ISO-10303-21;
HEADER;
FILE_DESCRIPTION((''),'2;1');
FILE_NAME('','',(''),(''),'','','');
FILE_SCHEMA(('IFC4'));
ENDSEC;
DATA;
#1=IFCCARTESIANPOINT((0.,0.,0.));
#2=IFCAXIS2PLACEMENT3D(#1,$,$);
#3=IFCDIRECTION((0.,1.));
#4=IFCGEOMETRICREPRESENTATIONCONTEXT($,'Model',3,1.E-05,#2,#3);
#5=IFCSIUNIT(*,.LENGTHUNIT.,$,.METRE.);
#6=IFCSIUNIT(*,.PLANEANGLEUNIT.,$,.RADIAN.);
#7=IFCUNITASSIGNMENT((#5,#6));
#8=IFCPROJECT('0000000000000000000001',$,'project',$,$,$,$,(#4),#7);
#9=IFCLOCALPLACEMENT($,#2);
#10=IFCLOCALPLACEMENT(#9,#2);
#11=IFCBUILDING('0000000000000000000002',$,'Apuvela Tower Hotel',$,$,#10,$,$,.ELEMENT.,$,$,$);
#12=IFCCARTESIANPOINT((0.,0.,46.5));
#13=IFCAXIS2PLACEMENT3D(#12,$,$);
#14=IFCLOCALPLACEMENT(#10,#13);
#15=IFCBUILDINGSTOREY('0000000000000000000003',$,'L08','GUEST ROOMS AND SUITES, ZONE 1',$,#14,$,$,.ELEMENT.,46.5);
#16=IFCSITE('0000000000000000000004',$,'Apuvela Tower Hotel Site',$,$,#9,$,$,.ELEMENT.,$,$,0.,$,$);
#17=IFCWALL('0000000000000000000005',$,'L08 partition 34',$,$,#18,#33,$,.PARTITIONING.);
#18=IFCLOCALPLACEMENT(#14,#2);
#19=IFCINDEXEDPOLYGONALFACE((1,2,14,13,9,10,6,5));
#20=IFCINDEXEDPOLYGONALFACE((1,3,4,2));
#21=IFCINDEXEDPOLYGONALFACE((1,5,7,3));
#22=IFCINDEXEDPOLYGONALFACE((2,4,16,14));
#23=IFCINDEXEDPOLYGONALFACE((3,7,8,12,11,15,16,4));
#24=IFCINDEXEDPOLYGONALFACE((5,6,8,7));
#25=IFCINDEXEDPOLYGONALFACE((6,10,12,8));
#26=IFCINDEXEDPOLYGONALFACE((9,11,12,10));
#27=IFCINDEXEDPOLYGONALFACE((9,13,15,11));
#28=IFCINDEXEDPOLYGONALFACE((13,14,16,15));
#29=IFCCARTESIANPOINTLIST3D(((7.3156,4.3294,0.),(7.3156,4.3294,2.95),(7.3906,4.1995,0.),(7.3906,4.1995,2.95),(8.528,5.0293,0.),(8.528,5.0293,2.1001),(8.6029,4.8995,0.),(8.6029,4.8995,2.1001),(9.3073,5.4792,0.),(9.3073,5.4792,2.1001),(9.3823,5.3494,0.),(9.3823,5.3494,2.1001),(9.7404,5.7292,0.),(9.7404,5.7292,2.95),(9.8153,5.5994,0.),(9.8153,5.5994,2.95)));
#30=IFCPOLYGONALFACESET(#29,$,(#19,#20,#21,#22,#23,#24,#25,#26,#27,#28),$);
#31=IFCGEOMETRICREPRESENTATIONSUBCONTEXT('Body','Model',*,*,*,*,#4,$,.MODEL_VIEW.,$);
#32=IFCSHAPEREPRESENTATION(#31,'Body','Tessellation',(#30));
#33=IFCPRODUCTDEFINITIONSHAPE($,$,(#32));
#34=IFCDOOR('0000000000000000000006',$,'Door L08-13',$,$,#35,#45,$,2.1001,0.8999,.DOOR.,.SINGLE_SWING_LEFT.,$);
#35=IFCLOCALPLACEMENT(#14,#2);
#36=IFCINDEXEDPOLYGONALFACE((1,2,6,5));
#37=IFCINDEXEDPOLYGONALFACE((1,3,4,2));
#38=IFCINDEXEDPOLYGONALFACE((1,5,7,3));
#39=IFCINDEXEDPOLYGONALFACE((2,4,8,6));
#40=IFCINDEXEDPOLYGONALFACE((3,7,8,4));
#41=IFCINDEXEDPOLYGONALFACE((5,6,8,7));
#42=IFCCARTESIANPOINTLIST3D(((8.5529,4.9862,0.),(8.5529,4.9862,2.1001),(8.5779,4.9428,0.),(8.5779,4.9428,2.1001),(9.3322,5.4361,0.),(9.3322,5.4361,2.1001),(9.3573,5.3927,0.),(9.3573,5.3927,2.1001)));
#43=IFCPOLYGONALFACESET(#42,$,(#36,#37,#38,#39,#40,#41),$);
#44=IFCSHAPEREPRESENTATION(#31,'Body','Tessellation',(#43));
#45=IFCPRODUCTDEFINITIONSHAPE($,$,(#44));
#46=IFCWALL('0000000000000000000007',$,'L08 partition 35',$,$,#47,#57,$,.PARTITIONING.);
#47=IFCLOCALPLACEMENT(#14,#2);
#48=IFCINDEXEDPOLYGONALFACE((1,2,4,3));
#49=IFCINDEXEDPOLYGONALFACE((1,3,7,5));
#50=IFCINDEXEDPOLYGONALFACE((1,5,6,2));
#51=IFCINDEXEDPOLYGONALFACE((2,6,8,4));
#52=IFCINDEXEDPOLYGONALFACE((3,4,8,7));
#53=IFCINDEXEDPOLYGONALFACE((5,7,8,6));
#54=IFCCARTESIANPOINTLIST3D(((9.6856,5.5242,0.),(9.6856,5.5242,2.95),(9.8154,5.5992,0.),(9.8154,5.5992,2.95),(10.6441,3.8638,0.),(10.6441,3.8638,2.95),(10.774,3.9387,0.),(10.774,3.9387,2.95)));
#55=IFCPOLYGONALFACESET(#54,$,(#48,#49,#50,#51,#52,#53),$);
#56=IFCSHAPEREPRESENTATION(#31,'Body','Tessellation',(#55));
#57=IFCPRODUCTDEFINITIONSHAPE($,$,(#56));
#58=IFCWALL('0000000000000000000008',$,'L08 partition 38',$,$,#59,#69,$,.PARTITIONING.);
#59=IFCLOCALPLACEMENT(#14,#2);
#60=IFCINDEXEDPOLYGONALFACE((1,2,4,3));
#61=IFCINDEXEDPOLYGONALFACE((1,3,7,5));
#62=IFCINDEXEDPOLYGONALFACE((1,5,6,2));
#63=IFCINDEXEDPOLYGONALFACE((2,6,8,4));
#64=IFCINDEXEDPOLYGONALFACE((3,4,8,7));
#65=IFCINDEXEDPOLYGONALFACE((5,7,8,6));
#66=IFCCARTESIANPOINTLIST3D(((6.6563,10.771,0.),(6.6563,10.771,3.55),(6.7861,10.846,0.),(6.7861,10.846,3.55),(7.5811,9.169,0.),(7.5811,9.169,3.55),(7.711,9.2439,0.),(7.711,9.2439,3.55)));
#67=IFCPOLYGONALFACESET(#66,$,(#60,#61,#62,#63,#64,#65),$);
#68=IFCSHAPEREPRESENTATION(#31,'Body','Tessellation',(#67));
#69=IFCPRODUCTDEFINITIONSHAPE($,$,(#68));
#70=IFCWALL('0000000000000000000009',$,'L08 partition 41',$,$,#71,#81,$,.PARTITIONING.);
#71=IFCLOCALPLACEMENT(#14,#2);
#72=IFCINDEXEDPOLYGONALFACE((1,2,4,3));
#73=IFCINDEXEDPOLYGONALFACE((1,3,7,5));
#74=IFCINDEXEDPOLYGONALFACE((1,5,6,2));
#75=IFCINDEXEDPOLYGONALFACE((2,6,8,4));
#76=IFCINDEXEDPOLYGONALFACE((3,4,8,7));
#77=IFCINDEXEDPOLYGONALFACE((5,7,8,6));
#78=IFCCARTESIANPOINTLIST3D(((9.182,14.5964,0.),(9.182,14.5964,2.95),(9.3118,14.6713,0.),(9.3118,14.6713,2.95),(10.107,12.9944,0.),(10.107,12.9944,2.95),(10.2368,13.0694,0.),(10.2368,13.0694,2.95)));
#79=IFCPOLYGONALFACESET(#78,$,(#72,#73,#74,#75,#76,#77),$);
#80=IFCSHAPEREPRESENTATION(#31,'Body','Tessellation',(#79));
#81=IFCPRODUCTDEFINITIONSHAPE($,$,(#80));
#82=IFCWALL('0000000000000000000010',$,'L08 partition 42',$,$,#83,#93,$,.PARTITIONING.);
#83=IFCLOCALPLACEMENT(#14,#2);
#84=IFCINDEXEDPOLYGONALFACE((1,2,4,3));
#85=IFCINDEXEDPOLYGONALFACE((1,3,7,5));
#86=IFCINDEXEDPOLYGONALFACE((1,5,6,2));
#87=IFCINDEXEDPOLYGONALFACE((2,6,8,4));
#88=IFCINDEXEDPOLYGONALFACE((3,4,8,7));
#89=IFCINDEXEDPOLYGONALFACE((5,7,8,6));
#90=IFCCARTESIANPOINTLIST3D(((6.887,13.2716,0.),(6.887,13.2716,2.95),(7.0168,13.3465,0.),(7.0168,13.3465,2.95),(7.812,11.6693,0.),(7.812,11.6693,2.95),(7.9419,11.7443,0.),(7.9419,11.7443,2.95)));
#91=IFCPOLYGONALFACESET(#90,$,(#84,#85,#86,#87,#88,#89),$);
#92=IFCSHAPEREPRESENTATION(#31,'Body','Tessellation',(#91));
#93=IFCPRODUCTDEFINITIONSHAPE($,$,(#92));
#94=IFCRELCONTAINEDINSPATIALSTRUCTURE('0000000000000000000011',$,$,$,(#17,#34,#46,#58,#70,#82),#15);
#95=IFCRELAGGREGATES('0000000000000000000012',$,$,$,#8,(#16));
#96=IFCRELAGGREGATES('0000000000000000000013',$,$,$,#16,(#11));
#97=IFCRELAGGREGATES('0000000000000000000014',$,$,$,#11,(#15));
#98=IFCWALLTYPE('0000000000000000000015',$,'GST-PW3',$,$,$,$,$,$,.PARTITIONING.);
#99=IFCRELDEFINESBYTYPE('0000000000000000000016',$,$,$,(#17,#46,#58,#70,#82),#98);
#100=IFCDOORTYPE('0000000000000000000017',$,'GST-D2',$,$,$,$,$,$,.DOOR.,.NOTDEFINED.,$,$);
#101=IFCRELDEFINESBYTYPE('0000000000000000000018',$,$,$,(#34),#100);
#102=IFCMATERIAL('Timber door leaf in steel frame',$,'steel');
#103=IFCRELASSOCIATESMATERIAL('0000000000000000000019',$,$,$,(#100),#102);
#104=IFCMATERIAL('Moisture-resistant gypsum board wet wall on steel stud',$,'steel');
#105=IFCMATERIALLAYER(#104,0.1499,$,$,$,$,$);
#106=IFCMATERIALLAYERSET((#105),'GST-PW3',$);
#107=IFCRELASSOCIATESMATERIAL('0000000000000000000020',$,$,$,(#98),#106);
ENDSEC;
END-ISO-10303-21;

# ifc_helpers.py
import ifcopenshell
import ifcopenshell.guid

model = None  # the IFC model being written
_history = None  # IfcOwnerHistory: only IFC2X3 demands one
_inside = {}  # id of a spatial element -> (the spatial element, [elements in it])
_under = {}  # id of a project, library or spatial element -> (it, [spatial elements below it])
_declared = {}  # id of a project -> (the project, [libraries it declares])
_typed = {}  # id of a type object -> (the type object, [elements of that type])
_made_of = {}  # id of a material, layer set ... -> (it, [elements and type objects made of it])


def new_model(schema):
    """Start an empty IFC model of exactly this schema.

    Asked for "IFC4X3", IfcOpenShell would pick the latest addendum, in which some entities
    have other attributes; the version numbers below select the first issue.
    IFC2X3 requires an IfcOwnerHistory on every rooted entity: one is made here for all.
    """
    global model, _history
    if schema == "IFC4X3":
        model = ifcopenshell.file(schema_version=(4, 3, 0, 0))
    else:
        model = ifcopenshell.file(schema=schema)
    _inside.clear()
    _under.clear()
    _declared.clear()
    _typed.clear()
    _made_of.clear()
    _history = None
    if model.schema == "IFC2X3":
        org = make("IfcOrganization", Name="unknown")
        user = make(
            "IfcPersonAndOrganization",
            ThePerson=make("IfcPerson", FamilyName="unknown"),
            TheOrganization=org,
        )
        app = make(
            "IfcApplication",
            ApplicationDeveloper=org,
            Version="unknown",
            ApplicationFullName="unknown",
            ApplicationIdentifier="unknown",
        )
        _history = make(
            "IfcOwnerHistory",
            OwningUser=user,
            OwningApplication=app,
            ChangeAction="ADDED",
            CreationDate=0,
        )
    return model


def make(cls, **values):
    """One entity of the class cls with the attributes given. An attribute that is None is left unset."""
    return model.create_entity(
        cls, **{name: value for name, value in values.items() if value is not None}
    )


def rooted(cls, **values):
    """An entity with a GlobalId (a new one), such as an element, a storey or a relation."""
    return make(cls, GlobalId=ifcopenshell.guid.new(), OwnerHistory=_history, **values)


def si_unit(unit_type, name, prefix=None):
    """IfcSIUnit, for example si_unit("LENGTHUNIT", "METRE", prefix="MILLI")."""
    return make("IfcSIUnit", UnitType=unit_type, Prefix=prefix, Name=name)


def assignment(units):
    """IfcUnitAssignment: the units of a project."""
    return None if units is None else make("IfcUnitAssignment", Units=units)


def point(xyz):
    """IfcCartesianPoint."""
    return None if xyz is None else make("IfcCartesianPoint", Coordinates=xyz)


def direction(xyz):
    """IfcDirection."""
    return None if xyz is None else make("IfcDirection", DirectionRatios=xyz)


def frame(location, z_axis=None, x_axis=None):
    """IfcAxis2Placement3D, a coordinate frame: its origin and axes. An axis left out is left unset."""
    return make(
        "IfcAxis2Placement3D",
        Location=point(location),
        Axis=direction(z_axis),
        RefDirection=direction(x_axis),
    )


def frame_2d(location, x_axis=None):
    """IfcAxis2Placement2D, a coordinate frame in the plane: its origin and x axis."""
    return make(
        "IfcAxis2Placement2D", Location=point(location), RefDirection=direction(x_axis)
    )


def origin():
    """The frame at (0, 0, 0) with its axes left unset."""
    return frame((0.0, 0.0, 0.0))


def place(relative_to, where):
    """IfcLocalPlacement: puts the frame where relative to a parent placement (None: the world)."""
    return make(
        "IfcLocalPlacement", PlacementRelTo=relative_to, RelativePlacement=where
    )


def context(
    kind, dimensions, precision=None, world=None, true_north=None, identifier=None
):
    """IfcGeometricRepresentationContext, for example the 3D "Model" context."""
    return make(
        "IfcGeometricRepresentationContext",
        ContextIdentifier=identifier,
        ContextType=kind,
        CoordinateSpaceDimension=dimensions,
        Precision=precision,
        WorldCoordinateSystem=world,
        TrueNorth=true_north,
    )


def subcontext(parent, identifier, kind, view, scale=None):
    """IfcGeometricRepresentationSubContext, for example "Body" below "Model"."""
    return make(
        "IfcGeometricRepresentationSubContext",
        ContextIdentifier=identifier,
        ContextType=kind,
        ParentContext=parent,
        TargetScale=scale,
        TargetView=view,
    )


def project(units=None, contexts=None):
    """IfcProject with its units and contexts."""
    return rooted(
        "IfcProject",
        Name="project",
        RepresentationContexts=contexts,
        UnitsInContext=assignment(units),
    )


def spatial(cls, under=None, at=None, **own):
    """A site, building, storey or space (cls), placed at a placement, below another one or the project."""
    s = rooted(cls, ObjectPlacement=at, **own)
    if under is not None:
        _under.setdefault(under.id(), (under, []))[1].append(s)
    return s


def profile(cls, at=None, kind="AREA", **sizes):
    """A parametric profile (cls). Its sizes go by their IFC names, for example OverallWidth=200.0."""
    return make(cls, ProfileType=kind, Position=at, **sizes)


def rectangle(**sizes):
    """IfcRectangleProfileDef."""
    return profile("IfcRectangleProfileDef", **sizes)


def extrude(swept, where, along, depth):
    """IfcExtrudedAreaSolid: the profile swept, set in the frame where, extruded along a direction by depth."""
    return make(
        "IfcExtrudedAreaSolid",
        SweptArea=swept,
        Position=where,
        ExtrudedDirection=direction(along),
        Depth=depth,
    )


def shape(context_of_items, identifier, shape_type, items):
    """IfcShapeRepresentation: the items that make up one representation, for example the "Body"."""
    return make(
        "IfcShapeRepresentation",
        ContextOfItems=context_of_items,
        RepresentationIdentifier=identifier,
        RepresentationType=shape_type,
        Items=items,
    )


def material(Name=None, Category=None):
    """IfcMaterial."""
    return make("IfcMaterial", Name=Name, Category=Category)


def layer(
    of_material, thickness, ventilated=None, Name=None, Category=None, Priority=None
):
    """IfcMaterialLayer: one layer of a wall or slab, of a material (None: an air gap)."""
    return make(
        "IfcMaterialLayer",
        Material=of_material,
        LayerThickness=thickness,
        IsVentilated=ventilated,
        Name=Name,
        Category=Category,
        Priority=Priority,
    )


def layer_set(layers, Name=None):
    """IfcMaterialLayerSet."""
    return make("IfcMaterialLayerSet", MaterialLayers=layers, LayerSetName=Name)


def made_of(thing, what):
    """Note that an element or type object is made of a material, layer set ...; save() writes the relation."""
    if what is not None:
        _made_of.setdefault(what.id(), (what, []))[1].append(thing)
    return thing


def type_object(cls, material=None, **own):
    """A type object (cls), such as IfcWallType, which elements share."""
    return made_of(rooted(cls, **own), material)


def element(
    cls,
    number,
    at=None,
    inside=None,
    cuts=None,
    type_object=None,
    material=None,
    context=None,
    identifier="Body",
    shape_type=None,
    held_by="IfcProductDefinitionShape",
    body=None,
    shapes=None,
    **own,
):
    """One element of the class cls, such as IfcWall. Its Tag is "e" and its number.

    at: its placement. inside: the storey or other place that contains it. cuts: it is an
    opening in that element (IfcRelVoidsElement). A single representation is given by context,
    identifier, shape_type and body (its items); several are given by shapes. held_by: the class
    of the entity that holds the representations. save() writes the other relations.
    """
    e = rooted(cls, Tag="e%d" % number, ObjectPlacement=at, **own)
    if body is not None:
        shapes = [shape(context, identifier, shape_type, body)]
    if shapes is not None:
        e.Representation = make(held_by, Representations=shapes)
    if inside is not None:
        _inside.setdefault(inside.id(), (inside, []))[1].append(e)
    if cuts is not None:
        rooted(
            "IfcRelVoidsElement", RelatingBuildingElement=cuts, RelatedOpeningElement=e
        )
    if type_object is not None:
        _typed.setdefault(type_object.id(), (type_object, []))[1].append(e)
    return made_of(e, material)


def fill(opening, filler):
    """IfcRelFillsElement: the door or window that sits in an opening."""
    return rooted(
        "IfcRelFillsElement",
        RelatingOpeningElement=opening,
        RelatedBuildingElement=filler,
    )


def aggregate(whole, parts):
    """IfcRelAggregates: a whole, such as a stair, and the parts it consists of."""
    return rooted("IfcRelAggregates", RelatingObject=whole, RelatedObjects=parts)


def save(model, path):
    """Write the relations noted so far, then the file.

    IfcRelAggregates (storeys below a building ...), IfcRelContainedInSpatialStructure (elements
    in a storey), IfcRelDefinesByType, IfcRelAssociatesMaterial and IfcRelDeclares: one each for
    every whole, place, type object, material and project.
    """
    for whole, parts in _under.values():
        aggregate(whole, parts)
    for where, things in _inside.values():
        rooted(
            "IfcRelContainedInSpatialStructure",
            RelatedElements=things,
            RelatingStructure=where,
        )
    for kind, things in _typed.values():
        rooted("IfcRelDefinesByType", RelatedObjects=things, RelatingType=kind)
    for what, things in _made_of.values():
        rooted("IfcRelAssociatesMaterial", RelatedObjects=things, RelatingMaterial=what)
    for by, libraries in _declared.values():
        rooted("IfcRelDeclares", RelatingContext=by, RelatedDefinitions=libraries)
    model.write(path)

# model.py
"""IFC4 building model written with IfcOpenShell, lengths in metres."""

from ifc_helpers import new_model, si_unit, direction, frame, frame_2d, origin, place, context, subcontext, project, spatial, rectangle, extrude, material, layer, layer_set, type_object, element, fill, save


model = new_model("IFC4")

# Units and contexts
model_context = context("Model", 3, precision=1e-05, world=origin(), true_north=direction((0.0, 1.0)))
body_context = subcontext(model_context, "Body", "Model", "MODEL_VIEW")
ifc_project = project(units=[si_unit("LENGTHUNIT", "METRE"), si_unit("PLANEANGLEUNIT", "RADIAN")], contexts=[model_context])

# Site, building, storey
site_placement = place(None, origin())
site = spatial("IfcSite", under=ifc_project, at=site_placement, Name="Apuvela Tower Hotel Site", CompositionType="ELEMENT", RefElevation=0.0)
building_placement = place(site_placement, origin())
building = spatial("IfcBuilding", under=site, at=building_placement, Name="Apuvela Tower Hotel", CompositionType="ELEMENT")
storey_placement = place(building_placement, frame((0.0, 0.0, 46.5)))
storey = spatial("IfcBuildingStorey", under=building, at=storey_placement, Name="L08", Description="GUEST ROOMS AND SUITES, ZONE 1", CompositionType="ELEMENT", Elevation=46.5)

# Shared definitions
ifc_material_1 = material(Name="Timber door leaf in steel frame", Category="steel")
door_type = type_object("IfcDoorType", Name="GST-D2", OperationType="NOTDEFINED", PredefinedType="DOOR", material=ifc_material_1)
ifc_material_2 = material(Name="Moisture-resistant gypsum board wet wall on steel stud", Category="steel")
ifc_layer_1 = layer(ifc_material_2, 0.1499)
ifc_layer_set_1 = layer_set([ifc_layer_1], Name="GST-PW3")
wall_type_1 = type_object("IfcWallType", Name="GST-PW3", PredefinedType="PARTITIONING", material=ifc_layer_set_1)

# Wall, opening, door
wall_1_placement = place(storey_placement, frame((9.7778, 5.6643, 0.0), z_axis=(0.0, 0.0, 1.0), x_axis=(-0.866035, -0.499984, 0.0)))
wall_1 = element("IfcWall", 1, at=wall_1_placement, inside=storey, type_object=wall_type_1, Name="L08 partition 34", PredefinedType="PARTITIONING", context=body_context, shape_type="SweptSolid", body=[
    extrude(rectangle(XDim=2.7998, YDim=0.1499, at=frame_2d((1.3999, 0.0))), origin(), (0.0, 0.0, 1.0), 2.95),
])
opening_1_placement = place(wall_1_placement, frame((0.5, 0.0, 0.0)))
opening_1 = element("IfcOpeningElement", 2, at=opening_1_placement, cuts=wall_1, PredefinedType="OPENING", context=body_context, shape_type="SweptSolid", body=[
    extrude(rectangle(XDim=0.8999, YDim=2.1001, at=frame_2d((0.45, 1.05))), frame((0.0, 0.085, 0.0), z_axis=(0.0, -1.0, 0.0), x_axis=(1.0, 0.0, 0.0)), (0.0, 0.0, 1.0), 0.1699),
])
door_1_placement = place(opening_1_placement, origin())
door_1 = element("IfcDoor", 3, at=door_1_placement, inside=storey, type_object=door_type, Name="Door L08-13", OperationType="SINGLE_SWING_LEFT", OverallHeight=2.1001, OverallWidth=0.8999, PredefinedType="DOOR", context=body_context, shape_type="SweptSolid", body=[
    extrude(rectangle(XDim=0.8999, YDim=2.1001, at=frame_2d((0.45, 1.05))), frame((0.0, 0.0249, 0.0), z_axis=(0.0, -1.0, 0.0), x_axis=(1.0, 0.0, 0.0)), (0.0, 0.0, 1.0), 0.05),
])
fill(opening_1, door_1)

# Walls
wall_2_placement = place(storey_placement, frame((10.709, 3.9014, 0.0), z_axis=(0.0, 0.0, 1.0), x_axis=(-0.499947, 0.866056, 0.0)))
element("IfcWall", 4, at=wall_2_placement, inside=storey, type_object=wall_type_1, Name="L08 partition 35", PredefinedType="PARTITIONING", context=body_context, shape_type="SweptSolid", body=[
    extrude(rectangle(XDim=1.9172, YDim=0.1499, at=frame_2d((0.9585, 0.0))), origin(), (0.0, 0.0, 1.0), 2.95),
])
wall_3_placement = place(storey_placement, frame((7.646, 9.2065, 0.0), z_axis=(0.0, 0.0, 1.0), x_axis=(-0.499943, 0.866058, 0.0)))
element("IfcWall", 5, at=wall_3_placement, inside=storey, type_object=wall_type_1, Name="L08 partition 38", PredefinedType="PARTITIONING", context=body_context, shape_type="SweptSolid", body=[
    extrude(rectangle(XDim=1.8499, YDim=0.1499, at=frame_2d((0.9248, 0.0))), origin(), (0.0, 0.0, 1.0), 3.55),
])
wall_4_placement = place(storey_placement, frame((10.1719, 13.032, 0.0), z_axis=(0.0, 0.0, 1.0), x_axis=(-0.500042, 0.866001, 0.0)))
element("IfcWall", 6, at=wall_4_placement, inside=storey, type_object=wall_type_1, Name="L08 partition 41", PredefinedType="PARTITIONING", context=body_context, shape_type="SweptSolid", body=[
    extrude(rectangle(XDim=1.8499, YDim=0.1499, at=frame_2d((0.9248, 0.0))), origin(), (0.0, 0.0, 1.0), 2.95),
])
wall_5_placement = place(storey_placement, frame((7.877, 11.7068, 0.0), z_axis=(0.0, 0.0, 1.0), x_axis=(-0.499985, 0.866034, 0.0)))
element("IfcWall", 7, at=wall_5_placement, inside=storey, type_object=wall_type_1, Name="L08 partition 42", PredefinedType="PARTITIONING", context=body_context, shape_type="SweptSolid", body=[
    extrude(rectangle(XDim=1.8501, YDim=0.1499, at=frame_2d((0.925, 0.0))), origin(), (0.0, 0.0, 1.0), 2.95),
])

save(model, "model.ifc")
